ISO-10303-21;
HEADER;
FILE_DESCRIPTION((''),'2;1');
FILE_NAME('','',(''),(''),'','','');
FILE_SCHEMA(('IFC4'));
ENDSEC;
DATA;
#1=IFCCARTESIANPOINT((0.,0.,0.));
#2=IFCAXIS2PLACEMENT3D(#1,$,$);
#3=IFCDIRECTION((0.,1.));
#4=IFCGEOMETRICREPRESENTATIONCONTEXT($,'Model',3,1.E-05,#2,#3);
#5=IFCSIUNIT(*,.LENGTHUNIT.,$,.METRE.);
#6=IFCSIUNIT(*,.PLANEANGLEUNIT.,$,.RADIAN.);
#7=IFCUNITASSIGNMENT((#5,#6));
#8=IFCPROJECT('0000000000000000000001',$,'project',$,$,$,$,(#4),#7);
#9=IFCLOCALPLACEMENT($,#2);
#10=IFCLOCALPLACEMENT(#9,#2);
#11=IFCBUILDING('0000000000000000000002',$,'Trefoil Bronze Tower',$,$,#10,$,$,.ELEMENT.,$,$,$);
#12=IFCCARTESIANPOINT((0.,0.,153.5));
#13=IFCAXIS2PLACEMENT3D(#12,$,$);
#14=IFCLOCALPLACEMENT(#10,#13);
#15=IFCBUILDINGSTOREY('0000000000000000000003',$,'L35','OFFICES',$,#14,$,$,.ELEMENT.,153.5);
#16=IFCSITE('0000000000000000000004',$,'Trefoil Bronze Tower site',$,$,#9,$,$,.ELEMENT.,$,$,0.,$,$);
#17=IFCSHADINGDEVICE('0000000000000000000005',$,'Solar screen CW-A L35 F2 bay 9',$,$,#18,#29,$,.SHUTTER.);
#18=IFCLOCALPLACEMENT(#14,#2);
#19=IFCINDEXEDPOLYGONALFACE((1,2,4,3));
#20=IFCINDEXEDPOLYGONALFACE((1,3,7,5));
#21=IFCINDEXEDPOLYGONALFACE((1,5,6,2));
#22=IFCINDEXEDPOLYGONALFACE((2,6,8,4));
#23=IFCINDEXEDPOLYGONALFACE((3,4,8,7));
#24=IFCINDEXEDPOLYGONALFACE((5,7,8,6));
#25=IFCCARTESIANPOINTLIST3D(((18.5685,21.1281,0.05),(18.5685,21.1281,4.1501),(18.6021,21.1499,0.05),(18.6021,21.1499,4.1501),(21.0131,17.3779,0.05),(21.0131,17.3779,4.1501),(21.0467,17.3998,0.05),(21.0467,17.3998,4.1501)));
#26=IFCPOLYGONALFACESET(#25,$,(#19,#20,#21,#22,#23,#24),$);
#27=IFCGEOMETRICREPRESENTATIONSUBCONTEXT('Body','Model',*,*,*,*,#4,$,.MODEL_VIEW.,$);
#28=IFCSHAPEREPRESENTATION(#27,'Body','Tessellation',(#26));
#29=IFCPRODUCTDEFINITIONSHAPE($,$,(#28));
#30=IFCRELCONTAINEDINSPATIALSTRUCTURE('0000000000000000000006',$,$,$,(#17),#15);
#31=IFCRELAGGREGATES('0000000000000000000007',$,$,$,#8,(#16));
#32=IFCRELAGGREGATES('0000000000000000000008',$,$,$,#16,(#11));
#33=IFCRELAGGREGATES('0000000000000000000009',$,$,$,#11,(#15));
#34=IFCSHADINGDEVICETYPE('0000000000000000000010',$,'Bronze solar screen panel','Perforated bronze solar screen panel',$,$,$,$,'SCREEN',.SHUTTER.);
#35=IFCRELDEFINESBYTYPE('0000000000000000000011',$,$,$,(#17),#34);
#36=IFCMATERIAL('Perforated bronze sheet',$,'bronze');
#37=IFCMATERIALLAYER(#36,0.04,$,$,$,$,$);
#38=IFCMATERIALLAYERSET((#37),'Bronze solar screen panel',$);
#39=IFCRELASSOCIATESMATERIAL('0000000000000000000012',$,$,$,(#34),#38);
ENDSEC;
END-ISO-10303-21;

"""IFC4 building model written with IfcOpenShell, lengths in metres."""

from ifc_helpers import new_model, si_unit, direction, frame, origin, origin_2d, place, context, subcontext, project, spatial, rectangle, extrude, material, layer, layer_set, type_object, element, save


model = new_model("IFC4")

# Units and contexts
model_context = context("Model", 3, precision=1e-05, world=origin(), true_north=direction((0.0, 1.0)))
body_context = subcontext(model_context, "Body", "Model", "MODEL_VIEW")
ifc_project = project(units=[si_unit("LENGTHUNIT", "METRE"), si_unit("PLANEANGLEUNIT", "RADIAN")], contexts=[model_context])

# Site, building, storey
site_placement = place(None, origin())
site = spatial("IfcSite", under=ifc_project, at=site_placement, Name="Trefoil Bronze Tower site", CompositionType="ELEMENT", RefElevation=0.0)
building_placement = place(site_placement, origin())
building = spatial("IfcBuilding", under=site, at=building_placement, Name="Trefoil Bronze Tower", CompositionType="ELEMENT")
storey_placement = place(building_placement, frame((0.0, 0.0, 153.5)))
storey = spatial("IfcBuildingStorey", under=building, at=storey_placement, Name="L35", Description="OFFICES", CompositionType="ELEMENT", Elevation=153.5)

# Shading device
ifc_material_1 = material(Name="Perforated bronze sheet", Category="bronze")
ifc_layer_1 = layer(ifc_material_1, 0.04)
ifc_layer_set_1 = layer_set([ifc_layer_1], Name="Bronze solar screen panel")
shading_device_type = type_object("IfcShadingDeviceType", Name="Bronze solar screen panel", Description="Perforated bronze solar screen panel", ElementType="SCREEN", PredefinedType="SHUTTER", material=ifc_layer_set_1)
shading_device_1_placement = place(storey_placement, frame((19.8076, 19.2639, 0.05), z_axis=(0.0, 0.0, 1.0), x_axis=(-0.546089, 0.837727, 0.0)))
element("IfcShadingDevice", 1, at=shading_device_1_placement, inside=storey, type_object=shading_device_type, Name="Solar screen CW-A L35 F2 bay 9", PredefinedType="SHUTTER", context=body_context, shape_type="SweptSolid", body=[
    extrude(rectangle(XDim=4.4766, YDim=0.04, at=origin_2d()), origin(), (0.0, 0.0, 1.0), 4.1001),
])

save(model, "model.ifc")
